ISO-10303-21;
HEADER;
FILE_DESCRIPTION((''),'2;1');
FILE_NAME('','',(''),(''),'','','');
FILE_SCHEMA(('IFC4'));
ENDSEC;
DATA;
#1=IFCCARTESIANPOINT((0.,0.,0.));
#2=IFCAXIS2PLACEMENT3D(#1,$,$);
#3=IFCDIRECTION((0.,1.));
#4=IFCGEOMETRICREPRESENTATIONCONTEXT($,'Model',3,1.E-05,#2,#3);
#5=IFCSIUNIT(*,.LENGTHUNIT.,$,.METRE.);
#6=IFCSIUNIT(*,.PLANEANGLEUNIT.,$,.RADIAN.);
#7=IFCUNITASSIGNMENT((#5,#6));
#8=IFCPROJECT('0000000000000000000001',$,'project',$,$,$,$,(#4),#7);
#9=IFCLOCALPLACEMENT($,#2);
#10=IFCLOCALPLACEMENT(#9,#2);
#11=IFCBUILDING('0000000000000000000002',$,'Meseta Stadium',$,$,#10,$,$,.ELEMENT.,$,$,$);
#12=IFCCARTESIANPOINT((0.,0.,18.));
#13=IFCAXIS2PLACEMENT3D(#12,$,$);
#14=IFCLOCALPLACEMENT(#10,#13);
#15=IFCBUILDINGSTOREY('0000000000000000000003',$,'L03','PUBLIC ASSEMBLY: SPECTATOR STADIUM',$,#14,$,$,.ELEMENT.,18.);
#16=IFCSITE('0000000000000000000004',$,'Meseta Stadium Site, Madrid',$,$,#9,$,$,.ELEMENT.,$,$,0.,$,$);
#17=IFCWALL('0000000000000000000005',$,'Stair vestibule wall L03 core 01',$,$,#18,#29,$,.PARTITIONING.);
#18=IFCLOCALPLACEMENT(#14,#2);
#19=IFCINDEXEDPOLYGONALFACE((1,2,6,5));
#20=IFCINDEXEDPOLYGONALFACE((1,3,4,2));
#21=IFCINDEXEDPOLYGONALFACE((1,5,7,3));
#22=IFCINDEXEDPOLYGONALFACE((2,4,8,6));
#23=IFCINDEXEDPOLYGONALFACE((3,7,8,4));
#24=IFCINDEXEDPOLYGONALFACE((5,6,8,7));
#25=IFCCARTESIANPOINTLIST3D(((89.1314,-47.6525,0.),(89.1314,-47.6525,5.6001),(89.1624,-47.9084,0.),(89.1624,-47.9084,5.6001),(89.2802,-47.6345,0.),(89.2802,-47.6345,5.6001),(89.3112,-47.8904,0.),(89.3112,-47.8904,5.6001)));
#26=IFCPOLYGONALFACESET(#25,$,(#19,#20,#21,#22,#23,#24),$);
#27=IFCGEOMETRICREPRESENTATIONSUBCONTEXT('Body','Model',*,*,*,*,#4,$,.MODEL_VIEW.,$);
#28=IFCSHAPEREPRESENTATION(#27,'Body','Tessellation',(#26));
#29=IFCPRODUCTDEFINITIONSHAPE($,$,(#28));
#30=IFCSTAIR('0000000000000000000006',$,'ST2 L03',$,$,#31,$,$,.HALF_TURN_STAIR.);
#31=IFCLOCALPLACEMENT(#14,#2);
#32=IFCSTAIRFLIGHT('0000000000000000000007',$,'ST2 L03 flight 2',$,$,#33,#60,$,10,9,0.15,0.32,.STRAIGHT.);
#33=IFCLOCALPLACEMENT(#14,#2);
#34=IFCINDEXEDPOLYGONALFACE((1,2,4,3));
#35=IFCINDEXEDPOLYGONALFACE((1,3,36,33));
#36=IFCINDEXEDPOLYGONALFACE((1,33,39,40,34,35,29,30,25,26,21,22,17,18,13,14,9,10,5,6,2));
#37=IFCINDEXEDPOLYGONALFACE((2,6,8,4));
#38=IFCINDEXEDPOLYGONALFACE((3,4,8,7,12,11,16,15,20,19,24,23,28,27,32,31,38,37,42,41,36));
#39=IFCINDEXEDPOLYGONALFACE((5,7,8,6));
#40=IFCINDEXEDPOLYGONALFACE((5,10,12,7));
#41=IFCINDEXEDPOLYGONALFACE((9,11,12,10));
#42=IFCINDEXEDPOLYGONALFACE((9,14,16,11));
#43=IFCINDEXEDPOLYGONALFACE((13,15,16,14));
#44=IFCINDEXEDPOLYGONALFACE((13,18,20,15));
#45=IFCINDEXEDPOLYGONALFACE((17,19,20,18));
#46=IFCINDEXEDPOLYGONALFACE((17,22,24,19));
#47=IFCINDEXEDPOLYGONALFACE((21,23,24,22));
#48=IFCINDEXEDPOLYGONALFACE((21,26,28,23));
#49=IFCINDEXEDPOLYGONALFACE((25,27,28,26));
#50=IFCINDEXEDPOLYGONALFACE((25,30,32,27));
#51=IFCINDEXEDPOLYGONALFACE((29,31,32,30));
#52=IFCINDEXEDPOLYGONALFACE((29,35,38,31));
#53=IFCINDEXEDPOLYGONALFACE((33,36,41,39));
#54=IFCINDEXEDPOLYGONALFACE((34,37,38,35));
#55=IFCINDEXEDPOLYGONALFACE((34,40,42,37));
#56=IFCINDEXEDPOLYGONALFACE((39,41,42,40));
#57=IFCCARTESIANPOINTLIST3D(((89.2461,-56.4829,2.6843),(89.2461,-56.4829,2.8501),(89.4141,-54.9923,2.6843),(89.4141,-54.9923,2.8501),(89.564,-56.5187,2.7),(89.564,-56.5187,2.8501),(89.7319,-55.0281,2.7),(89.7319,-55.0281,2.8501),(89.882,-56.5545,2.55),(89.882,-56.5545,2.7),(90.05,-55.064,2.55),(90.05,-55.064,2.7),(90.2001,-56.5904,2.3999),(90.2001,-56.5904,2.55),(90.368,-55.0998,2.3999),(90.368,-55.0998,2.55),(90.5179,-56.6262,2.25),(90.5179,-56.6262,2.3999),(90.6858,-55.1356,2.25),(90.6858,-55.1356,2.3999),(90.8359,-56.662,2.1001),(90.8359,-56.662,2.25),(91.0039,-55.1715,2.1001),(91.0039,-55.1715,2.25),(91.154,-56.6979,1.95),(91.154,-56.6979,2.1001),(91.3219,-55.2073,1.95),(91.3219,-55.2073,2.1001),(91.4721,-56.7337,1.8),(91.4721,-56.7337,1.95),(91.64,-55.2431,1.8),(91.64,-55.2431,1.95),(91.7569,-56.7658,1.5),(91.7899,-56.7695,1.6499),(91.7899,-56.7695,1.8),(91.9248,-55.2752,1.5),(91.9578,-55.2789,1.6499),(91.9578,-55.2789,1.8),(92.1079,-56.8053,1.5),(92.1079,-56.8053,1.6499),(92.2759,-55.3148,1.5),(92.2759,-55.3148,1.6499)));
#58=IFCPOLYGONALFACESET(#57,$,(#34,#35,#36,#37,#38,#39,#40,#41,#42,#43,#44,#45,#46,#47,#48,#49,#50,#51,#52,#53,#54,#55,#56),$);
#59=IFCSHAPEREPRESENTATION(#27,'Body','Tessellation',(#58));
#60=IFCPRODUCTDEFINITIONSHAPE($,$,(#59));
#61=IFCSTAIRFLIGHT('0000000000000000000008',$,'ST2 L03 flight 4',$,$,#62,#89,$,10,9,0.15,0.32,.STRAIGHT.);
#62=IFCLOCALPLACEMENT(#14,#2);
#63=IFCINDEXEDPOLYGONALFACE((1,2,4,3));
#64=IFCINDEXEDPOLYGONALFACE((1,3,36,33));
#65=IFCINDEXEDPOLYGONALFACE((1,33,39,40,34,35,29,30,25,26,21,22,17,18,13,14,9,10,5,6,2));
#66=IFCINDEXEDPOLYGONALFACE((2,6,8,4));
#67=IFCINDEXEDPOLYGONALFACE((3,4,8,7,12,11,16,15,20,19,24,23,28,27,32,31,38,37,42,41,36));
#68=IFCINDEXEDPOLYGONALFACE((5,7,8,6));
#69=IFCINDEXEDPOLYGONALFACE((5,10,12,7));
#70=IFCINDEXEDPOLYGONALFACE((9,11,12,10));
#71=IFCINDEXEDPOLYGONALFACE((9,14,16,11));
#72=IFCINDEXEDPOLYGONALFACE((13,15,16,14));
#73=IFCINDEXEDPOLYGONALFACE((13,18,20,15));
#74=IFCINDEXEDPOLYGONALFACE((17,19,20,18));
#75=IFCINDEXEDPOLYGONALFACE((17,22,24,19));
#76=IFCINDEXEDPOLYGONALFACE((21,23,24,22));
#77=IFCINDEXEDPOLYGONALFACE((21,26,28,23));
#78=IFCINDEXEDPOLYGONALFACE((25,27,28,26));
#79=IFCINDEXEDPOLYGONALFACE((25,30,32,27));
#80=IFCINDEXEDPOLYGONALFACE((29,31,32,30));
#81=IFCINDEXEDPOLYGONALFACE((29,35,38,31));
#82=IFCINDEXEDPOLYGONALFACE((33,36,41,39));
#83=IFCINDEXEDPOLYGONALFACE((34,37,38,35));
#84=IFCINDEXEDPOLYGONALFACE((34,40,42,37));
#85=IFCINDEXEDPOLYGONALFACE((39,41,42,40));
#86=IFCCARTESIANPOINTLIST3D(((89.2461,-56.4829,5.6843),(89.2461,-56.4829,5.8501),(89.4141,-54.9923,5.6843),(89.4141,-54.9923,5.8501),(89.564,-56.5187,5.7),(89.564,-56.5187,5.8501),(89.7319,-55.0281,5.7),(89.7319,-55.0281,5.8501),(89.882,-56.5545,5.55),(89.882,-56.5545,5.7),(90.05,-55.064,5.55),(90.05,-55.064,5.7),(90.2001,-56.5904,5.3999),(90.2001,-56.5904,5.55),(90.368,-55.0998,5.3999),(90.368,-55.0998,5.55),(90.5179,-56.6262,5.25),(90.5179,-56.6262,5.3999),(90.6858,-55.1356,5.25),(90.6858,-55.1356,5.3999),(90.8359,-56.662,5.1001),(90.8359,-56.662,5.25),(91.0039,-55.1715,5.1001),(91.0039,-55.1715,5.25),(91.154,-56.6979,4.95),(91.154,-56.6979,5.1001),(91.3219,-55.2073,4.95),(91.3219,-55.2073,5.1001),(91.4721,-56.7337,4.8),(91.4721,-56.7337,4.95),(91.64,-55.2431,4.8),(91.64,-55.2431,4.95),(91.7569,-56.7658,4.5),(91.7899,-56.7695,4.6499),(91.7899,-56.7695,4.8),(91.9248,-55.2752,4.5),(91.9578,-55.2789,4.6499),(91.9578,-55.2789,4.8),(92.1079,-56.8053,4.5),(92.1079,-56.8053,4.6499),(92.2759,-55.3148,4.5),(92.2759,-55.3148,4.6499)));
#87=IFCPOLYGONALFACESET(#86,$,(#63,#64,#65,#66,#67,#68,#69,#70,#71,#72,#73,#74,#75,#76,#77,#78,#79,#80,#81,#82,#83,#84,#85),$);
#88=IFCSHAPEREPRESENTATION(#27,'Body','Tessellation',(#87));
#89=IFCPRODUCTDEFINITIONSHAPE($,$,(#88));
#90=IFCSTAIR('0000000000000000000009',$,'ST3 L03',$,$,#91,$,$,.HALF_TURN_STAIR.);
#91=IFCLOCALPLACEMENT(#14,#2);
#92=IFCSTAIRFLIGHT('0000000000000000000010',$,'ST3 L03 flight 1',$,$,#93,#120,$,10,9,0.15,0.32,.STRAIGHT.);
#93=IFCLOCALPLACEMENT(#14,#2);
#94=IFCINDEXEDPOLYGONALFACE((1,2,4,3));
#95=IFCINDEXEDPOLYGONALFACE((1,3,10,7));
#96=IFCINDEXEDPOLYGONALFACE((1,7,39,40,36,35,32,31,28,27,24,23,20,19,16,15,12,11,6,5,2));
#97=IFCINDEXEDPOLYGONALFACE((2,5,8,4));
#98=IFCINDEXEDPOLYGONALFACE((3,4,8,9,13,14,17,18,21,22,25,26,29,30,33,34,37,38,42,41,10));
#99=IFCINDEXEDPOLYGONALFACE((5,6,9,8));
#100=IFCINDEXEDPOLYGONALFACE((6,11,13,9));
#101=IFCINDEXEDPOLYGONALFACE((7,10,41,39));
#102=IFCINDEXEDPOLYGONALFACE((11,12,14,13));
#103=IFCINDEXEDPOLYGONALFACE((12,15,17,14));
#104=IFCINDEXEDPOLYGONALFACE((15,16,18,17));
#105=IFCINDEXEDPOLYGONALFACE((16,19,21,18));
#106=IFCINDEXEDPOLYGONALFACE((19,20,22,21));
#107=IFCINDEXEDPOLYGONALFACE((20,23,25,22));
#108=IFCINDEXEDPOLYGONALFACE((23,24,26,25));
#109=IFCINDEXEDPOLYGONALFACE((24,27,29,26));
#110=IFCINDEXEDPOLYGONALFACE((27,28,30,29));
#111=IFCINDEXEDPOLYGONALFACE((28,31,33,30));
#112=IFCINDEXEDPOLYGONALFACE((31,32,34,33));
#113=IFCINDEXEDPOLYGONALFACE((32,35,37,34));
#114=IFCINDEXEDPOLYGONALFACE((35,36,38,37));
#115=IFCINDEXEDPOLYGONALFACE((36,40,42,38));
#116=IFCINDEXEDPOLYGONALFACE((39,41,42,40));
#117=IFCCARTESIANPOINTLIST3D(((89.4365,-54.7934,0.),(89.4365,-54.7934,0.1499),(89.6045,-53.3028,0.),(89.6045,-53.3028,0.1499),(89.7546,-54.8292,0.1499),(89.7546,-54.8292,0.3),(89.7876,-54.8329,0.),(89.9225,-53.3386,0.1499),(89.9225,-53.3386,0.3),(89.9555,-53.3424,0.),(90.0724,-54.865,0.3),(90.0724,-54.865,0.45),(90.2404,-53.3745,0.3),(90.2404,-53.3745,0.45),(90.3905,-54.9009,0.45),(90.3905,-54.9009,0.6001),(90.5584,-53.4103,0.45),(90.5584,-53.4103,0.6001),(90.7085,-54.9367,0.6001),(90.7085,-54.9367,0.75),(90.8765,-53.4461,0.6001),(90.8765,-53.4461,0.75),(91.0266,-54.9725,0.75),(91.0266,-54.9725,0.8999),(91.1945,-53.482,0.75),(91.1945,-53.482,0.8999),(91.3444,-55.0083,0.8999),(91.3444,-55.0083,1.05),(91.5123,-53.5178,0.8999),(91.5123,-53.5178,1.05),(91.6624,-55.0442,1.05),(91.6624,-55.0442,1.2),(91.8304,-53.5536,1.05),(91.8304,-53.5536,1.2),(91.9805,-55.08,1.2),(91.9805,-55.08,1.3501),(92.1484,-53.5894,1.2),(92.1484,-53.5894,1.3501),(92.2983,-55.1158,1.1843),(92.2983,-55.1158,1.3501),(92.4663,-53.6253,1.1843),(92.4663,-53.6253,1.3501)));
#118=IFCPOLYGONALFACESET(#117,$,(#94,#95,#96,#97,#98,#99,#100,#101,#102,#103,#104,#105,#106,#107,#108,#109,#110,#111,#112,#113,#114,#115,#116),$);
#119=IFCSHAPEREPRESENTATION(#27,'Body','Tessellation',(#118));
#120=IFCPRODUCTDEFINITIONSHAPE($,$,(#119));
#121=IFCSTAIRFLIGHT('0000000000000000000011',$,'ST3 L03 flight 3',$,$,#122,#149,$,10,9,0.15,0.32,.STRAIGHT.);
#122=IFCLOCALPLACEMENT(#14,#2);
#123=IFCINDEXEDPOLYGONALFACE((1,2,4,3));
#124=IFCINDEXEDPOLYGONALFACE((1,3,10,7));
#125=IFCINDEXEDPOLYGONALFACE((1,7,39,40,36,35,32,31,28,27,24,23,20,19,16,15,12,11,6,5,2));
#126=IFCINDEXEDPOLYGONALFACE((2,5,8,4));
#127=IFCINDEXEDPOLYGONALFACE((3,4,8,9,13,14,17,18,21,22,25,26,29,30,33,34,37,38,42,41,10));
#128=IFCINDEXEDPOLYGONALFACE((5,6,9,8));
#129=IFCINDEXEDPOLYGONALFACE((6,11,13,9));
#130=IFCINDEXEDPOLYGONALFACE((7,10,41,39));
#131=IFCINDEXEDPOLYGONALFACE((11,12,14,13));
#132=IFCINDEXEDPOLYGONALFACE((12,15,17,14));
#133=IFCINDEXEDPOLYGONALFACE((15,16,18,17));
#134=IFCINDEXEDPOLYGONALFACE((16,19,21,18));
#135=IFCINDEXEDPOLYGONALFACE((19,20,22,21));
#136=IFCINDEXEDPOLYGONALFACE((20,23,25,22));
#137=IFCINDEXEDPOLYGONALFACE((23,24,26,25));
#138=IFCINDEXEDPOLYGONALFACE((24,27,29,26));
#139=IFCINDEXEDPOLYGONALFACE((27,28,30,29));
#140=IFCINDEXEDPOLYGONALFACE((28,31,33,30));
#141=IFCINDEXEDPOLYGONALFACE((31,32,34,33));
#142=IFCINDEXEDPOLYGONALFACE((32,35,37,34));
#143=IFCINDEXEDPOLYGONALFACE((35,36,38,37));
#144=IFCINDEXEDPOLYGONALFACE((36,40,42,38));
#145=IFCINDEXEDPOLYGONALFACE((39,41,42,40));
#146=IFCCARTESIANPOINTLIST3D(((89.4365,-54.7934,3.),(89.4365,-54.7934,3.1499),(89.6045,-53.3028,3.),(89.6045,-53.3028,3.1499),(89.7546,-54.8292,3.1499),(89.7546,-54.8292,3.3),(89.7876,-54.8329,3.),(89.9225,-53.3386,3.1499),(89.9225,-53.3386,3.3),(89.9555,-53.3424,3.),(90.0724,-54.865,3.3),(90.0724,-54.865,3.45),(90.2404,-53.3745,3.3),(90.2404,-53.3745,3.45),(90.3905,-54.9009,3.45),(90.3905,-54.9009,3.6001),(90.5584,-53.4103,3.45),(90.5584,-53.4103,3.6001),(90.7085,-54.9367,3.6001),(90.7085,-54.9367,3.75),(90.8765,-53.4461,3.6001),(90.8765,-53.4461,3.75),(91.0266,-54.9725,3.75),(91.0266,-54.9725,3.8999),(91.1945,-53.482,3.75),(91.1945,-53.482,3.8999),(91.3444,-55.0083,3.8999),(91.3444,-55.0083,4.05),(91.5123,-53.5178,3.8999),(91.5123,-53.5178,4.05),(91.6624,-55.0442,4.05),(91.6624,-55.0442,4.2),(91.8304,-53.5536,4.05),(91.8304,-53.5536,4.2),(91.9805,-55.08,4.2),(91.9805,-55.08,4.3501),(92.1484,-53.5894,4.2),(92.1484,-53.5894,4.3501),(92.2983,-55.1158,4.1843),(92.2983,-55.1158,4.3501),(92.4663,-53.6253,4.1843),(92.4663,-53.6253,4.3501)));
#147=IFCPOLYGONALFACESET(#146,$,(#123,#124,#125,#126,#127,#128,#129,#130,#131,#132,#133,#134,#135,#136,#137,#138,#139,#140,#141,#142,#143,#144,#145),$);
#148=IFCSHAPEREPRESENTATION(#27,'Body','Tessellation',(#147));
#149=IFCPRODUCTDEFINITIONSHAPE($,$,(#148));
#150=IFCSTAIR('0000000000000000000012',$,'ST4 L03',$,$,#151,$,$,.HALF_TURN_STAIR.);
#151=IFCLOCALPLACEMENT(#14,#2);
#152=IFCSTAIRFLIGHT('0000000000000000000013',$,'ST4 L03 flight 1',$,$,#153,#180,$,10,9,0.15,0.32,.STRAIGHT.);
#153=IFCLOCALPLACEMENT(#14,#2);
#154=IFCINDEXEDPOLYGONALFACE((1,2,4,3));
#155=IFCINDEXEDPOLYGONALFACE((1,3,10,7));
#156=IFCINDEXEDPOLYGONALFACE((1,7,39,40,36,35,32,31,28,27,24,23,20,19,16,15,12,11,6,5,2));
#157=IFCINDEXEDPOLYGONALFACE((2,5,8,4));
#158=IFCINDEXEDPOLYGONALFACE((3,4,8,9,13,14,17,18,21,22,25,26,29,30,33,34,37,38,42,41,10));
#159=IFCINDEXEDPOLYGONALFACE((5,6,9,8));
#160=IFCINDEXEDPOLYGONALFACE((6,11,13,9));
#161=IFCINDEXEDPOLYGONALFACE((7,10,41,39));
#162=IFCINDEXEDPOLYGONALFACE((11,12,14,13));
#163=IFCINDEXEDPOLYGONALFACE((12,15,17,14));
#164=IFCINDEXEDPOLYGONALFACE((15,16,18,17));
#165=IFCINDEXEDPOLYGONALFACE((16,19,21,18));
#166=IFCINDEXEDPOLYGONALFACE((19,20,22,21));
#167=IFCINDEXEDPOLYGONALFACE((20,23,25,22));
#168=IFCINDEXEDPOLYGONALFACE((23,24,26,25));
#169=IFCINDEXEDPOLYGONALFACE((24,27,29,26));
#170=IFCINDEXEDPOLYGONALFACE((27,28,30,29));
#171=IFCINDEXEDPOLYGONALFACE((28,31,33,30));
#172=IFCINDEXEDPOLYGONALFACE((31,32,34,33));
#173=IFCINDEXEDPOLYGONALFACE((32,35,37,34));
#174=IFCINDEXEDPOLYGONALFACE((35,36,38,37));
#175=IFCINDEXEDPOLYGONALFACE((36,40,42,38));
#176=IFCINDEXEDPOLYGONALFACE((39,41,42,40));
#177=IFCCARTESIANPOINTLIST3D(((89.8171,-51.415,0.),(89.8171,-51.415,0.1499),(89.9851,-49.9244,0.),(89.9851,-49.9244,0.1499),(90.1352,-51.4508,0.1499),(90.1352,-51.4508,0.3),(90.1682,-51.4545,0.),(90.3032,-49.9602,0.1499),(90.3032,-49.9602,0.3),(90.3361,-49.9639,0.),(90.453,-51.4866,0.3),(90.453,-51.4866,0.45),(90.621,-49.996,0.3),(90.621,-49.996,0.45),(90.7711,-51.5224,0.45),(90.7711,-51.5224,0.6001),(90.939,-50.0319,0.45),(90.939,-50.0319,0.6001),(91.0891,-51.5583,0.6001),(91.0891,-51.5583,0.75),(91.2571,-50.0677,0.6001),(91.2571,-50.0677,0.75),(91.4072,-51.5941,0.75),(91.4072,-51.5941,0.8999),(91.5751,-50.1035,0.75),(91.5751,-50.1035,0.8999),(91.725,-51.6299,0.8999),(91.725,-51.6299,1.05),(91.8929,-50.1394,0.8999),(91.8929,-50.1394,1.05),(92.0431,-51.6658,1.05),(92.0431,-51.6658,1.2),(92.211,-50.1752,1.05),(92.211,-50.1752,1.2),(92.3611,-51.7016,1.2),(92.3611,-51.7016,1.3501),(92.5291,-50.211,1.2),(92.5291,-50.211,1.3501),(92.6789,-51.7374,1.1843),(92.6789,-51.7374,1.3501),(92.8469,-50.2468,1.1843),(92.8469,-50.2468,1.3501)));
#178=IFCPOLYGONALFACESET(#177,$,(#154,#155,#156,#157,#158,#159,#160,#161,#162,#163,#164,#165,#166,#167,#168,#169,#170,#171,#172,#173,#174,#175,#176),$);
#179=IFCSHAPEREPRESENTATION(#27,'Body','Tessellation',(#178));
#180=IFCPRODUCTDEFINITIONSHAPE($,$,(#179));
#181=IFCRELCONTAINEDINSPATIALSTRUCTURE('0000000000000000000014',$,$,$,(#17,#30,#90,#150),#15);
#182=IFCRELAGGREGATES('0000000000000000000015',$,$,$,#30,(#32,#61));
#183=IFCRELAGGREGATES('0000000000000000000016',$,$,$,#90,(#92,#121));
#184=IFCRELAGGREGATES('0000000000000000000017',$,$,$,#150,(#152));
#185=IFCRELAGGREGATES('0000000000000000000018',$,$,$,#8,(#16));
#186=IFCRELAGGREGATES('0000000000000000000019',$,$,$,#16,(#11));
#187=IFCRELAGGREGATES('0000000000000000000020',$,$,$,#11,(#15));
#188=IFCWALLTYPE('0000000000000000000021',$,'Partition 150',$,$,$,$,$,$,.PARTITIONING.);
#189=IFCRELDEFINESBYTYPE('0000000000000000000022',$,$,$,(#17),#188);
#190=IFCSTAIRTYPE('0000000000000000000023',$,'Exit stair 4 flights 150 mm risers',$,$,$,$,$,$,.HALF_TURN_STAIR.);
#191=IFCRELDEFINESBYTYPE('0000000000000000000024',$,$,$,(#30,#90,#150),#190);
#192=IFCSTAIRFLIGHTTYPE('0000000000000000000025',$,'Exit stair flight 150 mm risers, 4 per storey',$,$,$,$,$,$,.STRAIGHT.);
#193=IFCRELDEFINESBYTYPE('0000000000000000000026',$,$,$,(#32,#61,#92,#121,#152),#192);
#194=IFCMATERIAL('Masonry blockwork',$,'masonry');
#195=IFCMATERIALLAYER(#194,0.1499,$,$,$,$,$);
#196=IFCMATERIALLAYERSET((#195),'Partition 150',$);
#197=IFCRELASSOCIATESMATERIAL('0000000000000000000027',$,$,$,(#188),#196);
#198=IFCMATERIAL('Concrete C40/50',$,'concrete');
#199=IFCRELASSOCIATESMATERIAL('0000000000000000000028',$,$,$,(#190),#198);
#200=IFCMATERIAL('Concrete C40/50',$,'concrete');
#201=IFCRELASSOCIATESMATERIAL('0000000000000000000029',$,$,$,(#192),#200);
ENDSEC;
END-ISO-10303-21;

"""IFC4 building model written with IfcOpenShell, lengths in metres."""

from ifc_helpers import new_model, si_unit, direction, frame, frame_2d, origin, place, context, subcontext, project, spatial, polyline, rectangle, outline, extrude, material, layer, layer_set, type_object, element, aggregate, save


model = new_model("IFC4")

# Units and contexts
model_context = context("Model", 3, precision=1e-05, world=origin(), true_north=direction((0.0, 1.0)))
body_context = subcontext(model_context, "Body", "Model", "MODEL_VIEW")
ifc_project = project(units=[si_unit("LENGTHUNIT", "METRE"), si_unit("PLANEANGLEUNIT", "RADIAN")], contexts=[model_context])

# Site, building, storey
site_placement = place(None, origin())
site = spatial("IfcSite", under=ifc_project, at=site_placement, Name="Meseta Stadium Site, Madrid", CompositionType="ELEMENT", RefElevation=0.0)
building_placement = place(site_placement, origin())
building = spatial("IfcBuilding", under=site, at=building_placement, Name="Meseta Stadium", CompositionType="ELEMENT")
storey_placement = place(building_placement, frame((0.0, 0.0, 18.0)))
storey = spatial("IfcBuildingStorey", under=building, at=storey_placement, Name="L03", Description="PUBLIC ASSEMBLY: SPECTATOR STADIUM", CompositionType="ELEMENT", Elevation=18.0)

# Wall
ifc_material_1 = material(Name="Masonry blockwork", Category="masonry")
ifc_layer = layer(ifc_material_1, 0.1499)
ifc_layer_set = layer_set([ifc_layer], Name="Partition 150")
wall_type = type_object("IfcWallType", Name="Partition 150", PredefinedType="PARTITIONING", material=ifc_layer_set)
wall_placement = place(storey_placement, frame((89.2368, -47.8994, 0.0), z_axis=(0.0, 0.0, 1.0), x_axis=(-0.120303, 0.992737, 0.0)))
element("IfcWall", 1, at=wall_placement, inside=storey, type_object=wall_type, Name="Stair vestibule wall L03 core 01", PredefinedType="PARTITIONING", context=body_context, shape_type="SweptSolid", body=[
    extrude(rectangle(XDim=0.2578, YDim=0.1499, at=frame_2d((0.1289, 0.0))), origin(), (0.0, 0.0, 1.0), 5.6001),
])

# Stairs, stair flights
ifc_material_2 = material(Name="Concrete C40/50", Category="concrete")
stair_type = type_object("IfcStairType", Name="Exit stair 4 flights 150 mm risers", PredefinedType="HALF_TURN_STAIR", material=ifc_material_2)
stair_1_placement = place(storey_placement, origin())
stair_1 = element("IfcStair", 2, at=stair_1_placement, inside=storey, type_object=stair_type, Name="ST2 L03", PredefinedType="HALF_TURN_STAIR")
ifc_material_3 = material(Name="Concrete C40/50", Category="concrete")
stair_flight_type = type_object("IfcStairFlightType", Name="Exit stair flight 150 mm risers, 4 per storey", PredefinedType="STRAIGHT", material=ifc_material_3)
stair_flight_1_placement = place(storey_placement, frame((92.1919, -56.0601, 1.5), z_axis=(0.0, 0.0, 1.0), x_axis=(-0.993712, 0.111964, 0.0)))
stair_flight_1 = element("IfcStairFlight", 3, at=stair_flight_1_placement, type_object=stair_flight_type, Name="ST2 L03 flight 2", NumberOfRisers=10, NumberOfTreads=9, PredefinedType="STRAIGHT", RiserHeight=0.15, TreadLength=0.32, context=body_context, shape_type="SweptSolid", body=[
    extrude(outline(polyline([(0.0, 0.0), (0.0, 0.1499), (0.3201, 0.1499), (0.3201, 0.3), (0.6399, 0.3), (0.6399, 0.45), (0.96, 0.45), (0.96, 0.6001), (1.28, 0.6001), (1.28, 0.75), (1.6001, 0.75), (1.6001, 0.8999), (1.9199, 0.8999), (1.9199, 1.05), (2.24, 1.05), (2.24, 1.2), (2.5601, 1.2), (2.5601, 1.3501), (2.8799, 1.3501), (2.8799, 1.1843), (0.3533, 0.0), (0.0, 0.0)])), frame((0.0, 0.75, 0.0), z_axis=(0.0, -1.0, 0.0), x_axis=(1.0, 0.0, 0.0)), (0.0, 0.0, 1.0), 1.5),
])
stair_flight_2_placement = place(storey_placement, frame((92.1919, -56.0601, 4.5), z_axis=(0.0, 0.0, 1.0), x_axis=(-0.993712, 0.111964, 0.0)))
stair_flight_2 = element("IfcStairFlight", 4, at=stair_flight_2_placement, type_object=stair_flight_type, Name="ST2 L03 flight 4", NumberOfRisers=10, NumberOfTreads=9, PredefinedType="STRAIGHT", RiserHeight=0.15, TreadLength=0.32, context=body_context, shape_type="SweptSolid", body=[
    extrude(outline(polyline([(0.0, 0.0), (0.0, 0.1499), (0.3201, 0.1499), (0.3201, 0.3), (0.6399, 0.3), (0.6399, 0.45), (0.96, 0.45), (0.96, 0.6001), (1.28, 0.6001), (1.28, 0.75), (1.6001, 0.75), (1.6001, 0.8999), (1.9199, 0.8999), (1.9199, 1.05), (2.24, 1.05), (2.24, 1.2), (2.5601, 1.2), (2.5601, 1.3501), (2.8799, 1.3501), (2.8799, 1.1843), (0.3533, 0.0), (0.0, 0.0)])), frame((0.0, 0.75, 0.0), z_axis=(0.0, -1.0, 0.0), x_axis=(1.0, 0.0, 0.0)), (0.0, 0.0, 1.0), 1.5),
])
aggregate(stair_1, [stair_flight_1, stair_flight_2])
stair_2_placement = place(storey_placement, origin())
stair_2 = element("IfcStair", 5, at=stair_2_placement, inside=storey, type_object=stair_type, Name="ST3 L03", PredefinedType="HALF_TURN_STAIR")
stair_flight_3_placement = place(storey_placement, frame((89.5205, -54.0481, 0.0), z_axis=(0.0, 0.0, 1.0), x_axis=(0.993712, -0.111964, 0.0)))
stair_flight_3 = element("IfcStairFlight", 6, at=stair_flight_3_placement, type_object=stair_flight_type, Name="ST3 L03 flight 1", NumberOfRisers=10, NumberOfTreads=9, PredefinedType="STRAIGHT", RiserHeight=0.15, TreadLength=0.32, context=body_context, shape_type="SweptSolid", body=[
    extrude(outline(polyline([(0.0, 0.0), (0.0, 0.1499), (0.3201, 0.1499), (0.3201, 0.3), (0.6399, 0.3), (0.6399, 0.45), (0.96, 0.45), (0.96, 0.6001), (1.28, 0.6001), (1.28, 0.75), (1.6001, 0.75), (1.6001, 0.8999), (1.9199, 0.8999), (1.9199, 1.05), (2.24, 1.05), (2.24, 1.2), (2.5601, 1.2), (2.5601, 1.3501), (2.8799, 1.3501), (2.8799, 1.1843), (0.3533, 0.0), (0.0, 0.0)])), frame((0.0, 0.75, 0.0), z_axis=(0.0, -1.0, 0.0), x_axis=(1.0, 0.0, 0.0)), (0.0, 0.0, 1.0), 1.5),
])
stair_flight_4_placement = place(storey_placement, frame((89.5205, -54.0481, 3.0), z_axis=(0.0, 0.0, 1.0), x_axis=(0.993712, -0.111964, 0.0)))
stair_flight_4 = element("IfcStairFlight", 7, at=stair_flight_4_placement, type_object=stair_flight_type, Name="ST3 L03 flight 3", NumberOfRisers=10, NumberOfTreads=9, PredefinedType="STRAIGHT", RiserHeight=0.15, TreadLength=0.32, context=body_context, shape_type="SweptSolid", body=[
    extrude(outline(polyline([(0.0, 0.0), (0.0, 0.1499), (0.3201, 0.1499), (0.3201, 0.3), (0.6399, 0.3), (0.6399, 0.45), (0.96, 0.45), (0.96, 0.6001), (1.28, 0.6001), (1.28, 0.75), (1.6001, 0.75), (1.6001, 0.8999), (1.9199, 0.8999), (1.9199, 1.05), (2.24, 1.05), (2.24, 1.2), (2.5601, 1.2), (2.5601, 1.3501), (2.8799, 1.3501), (2.8799, 1.1843), (0.3533, 0.0), (0.0, 0.0)])), frame((0.0, 0.75, 0.0), z_axis=(0.0, -1.0, 0.0), x_axis=(1.0, 0.0, 0.0)), (0.0, 0.0, 1.0), 1.5),
])
aggregate(stair_2, [stair_flight_3, stair_flight_4])
stair_3_placement = place(storey_placement, origin())
stair_3 = element("IfcStair", 8, at=stair_3_placement, inside=storey, type_object=stair_type, Name="ST4 L03", PredefinedType="HALF_TURN_STAIR")
stair_flight_5_placement = place(storey_placement, frame((89.9011, -50.6697, 0.0), z_axis=(0.0, 0.0, 1.0), x_axis=(0.993712, -0.111964, 0.0)))
stair_flight_5 = element("IfcStairFlight", 9, at=stair_flight_5_placement, type_object=stair_flight_type, Name="ST4 L03 flight 1", NumberOfRisers=10, NumberOfTreads=9, PredefinedType="STRAIGHT", RiserHeight=0.15, TreadLength=0.32, context=body_context, shape_type="SweptSolid", body=[
    extrude(outline(polyline([(0.0, 0.0), (0.0, 0.1499), (0.3201, 0.1499), (0.3201, 0.3), (0.6399, 0.3), (0.6399, 0.45), (0.96, 0.45), (0.96, 0.6001), (1.28, 0.6001), (1.28, 0.75), (1.6001, 0.75), (1.6001, 0.8999), (1.9199, 0.8999), (1.9199, 1.05), (2.24, 1.05), (2.24, 1.2), (2.5601, 1.2), (2.5601, 1.3501), (2.8799, 1.3501), (2.8799, 1.1843), (0.3533, 0.0), (0.0, 0.0)])), frame((0.0, 0.75, 0.0), z_axis=(0.0, -1.0, 0.0), x_axis=(1.0, 0.0, 0.0)), (0.0, 0.0, 1.0), 1.5),
])
aggregate(stair_3, [stair_flight_5])

save(model, "model.ifc")
